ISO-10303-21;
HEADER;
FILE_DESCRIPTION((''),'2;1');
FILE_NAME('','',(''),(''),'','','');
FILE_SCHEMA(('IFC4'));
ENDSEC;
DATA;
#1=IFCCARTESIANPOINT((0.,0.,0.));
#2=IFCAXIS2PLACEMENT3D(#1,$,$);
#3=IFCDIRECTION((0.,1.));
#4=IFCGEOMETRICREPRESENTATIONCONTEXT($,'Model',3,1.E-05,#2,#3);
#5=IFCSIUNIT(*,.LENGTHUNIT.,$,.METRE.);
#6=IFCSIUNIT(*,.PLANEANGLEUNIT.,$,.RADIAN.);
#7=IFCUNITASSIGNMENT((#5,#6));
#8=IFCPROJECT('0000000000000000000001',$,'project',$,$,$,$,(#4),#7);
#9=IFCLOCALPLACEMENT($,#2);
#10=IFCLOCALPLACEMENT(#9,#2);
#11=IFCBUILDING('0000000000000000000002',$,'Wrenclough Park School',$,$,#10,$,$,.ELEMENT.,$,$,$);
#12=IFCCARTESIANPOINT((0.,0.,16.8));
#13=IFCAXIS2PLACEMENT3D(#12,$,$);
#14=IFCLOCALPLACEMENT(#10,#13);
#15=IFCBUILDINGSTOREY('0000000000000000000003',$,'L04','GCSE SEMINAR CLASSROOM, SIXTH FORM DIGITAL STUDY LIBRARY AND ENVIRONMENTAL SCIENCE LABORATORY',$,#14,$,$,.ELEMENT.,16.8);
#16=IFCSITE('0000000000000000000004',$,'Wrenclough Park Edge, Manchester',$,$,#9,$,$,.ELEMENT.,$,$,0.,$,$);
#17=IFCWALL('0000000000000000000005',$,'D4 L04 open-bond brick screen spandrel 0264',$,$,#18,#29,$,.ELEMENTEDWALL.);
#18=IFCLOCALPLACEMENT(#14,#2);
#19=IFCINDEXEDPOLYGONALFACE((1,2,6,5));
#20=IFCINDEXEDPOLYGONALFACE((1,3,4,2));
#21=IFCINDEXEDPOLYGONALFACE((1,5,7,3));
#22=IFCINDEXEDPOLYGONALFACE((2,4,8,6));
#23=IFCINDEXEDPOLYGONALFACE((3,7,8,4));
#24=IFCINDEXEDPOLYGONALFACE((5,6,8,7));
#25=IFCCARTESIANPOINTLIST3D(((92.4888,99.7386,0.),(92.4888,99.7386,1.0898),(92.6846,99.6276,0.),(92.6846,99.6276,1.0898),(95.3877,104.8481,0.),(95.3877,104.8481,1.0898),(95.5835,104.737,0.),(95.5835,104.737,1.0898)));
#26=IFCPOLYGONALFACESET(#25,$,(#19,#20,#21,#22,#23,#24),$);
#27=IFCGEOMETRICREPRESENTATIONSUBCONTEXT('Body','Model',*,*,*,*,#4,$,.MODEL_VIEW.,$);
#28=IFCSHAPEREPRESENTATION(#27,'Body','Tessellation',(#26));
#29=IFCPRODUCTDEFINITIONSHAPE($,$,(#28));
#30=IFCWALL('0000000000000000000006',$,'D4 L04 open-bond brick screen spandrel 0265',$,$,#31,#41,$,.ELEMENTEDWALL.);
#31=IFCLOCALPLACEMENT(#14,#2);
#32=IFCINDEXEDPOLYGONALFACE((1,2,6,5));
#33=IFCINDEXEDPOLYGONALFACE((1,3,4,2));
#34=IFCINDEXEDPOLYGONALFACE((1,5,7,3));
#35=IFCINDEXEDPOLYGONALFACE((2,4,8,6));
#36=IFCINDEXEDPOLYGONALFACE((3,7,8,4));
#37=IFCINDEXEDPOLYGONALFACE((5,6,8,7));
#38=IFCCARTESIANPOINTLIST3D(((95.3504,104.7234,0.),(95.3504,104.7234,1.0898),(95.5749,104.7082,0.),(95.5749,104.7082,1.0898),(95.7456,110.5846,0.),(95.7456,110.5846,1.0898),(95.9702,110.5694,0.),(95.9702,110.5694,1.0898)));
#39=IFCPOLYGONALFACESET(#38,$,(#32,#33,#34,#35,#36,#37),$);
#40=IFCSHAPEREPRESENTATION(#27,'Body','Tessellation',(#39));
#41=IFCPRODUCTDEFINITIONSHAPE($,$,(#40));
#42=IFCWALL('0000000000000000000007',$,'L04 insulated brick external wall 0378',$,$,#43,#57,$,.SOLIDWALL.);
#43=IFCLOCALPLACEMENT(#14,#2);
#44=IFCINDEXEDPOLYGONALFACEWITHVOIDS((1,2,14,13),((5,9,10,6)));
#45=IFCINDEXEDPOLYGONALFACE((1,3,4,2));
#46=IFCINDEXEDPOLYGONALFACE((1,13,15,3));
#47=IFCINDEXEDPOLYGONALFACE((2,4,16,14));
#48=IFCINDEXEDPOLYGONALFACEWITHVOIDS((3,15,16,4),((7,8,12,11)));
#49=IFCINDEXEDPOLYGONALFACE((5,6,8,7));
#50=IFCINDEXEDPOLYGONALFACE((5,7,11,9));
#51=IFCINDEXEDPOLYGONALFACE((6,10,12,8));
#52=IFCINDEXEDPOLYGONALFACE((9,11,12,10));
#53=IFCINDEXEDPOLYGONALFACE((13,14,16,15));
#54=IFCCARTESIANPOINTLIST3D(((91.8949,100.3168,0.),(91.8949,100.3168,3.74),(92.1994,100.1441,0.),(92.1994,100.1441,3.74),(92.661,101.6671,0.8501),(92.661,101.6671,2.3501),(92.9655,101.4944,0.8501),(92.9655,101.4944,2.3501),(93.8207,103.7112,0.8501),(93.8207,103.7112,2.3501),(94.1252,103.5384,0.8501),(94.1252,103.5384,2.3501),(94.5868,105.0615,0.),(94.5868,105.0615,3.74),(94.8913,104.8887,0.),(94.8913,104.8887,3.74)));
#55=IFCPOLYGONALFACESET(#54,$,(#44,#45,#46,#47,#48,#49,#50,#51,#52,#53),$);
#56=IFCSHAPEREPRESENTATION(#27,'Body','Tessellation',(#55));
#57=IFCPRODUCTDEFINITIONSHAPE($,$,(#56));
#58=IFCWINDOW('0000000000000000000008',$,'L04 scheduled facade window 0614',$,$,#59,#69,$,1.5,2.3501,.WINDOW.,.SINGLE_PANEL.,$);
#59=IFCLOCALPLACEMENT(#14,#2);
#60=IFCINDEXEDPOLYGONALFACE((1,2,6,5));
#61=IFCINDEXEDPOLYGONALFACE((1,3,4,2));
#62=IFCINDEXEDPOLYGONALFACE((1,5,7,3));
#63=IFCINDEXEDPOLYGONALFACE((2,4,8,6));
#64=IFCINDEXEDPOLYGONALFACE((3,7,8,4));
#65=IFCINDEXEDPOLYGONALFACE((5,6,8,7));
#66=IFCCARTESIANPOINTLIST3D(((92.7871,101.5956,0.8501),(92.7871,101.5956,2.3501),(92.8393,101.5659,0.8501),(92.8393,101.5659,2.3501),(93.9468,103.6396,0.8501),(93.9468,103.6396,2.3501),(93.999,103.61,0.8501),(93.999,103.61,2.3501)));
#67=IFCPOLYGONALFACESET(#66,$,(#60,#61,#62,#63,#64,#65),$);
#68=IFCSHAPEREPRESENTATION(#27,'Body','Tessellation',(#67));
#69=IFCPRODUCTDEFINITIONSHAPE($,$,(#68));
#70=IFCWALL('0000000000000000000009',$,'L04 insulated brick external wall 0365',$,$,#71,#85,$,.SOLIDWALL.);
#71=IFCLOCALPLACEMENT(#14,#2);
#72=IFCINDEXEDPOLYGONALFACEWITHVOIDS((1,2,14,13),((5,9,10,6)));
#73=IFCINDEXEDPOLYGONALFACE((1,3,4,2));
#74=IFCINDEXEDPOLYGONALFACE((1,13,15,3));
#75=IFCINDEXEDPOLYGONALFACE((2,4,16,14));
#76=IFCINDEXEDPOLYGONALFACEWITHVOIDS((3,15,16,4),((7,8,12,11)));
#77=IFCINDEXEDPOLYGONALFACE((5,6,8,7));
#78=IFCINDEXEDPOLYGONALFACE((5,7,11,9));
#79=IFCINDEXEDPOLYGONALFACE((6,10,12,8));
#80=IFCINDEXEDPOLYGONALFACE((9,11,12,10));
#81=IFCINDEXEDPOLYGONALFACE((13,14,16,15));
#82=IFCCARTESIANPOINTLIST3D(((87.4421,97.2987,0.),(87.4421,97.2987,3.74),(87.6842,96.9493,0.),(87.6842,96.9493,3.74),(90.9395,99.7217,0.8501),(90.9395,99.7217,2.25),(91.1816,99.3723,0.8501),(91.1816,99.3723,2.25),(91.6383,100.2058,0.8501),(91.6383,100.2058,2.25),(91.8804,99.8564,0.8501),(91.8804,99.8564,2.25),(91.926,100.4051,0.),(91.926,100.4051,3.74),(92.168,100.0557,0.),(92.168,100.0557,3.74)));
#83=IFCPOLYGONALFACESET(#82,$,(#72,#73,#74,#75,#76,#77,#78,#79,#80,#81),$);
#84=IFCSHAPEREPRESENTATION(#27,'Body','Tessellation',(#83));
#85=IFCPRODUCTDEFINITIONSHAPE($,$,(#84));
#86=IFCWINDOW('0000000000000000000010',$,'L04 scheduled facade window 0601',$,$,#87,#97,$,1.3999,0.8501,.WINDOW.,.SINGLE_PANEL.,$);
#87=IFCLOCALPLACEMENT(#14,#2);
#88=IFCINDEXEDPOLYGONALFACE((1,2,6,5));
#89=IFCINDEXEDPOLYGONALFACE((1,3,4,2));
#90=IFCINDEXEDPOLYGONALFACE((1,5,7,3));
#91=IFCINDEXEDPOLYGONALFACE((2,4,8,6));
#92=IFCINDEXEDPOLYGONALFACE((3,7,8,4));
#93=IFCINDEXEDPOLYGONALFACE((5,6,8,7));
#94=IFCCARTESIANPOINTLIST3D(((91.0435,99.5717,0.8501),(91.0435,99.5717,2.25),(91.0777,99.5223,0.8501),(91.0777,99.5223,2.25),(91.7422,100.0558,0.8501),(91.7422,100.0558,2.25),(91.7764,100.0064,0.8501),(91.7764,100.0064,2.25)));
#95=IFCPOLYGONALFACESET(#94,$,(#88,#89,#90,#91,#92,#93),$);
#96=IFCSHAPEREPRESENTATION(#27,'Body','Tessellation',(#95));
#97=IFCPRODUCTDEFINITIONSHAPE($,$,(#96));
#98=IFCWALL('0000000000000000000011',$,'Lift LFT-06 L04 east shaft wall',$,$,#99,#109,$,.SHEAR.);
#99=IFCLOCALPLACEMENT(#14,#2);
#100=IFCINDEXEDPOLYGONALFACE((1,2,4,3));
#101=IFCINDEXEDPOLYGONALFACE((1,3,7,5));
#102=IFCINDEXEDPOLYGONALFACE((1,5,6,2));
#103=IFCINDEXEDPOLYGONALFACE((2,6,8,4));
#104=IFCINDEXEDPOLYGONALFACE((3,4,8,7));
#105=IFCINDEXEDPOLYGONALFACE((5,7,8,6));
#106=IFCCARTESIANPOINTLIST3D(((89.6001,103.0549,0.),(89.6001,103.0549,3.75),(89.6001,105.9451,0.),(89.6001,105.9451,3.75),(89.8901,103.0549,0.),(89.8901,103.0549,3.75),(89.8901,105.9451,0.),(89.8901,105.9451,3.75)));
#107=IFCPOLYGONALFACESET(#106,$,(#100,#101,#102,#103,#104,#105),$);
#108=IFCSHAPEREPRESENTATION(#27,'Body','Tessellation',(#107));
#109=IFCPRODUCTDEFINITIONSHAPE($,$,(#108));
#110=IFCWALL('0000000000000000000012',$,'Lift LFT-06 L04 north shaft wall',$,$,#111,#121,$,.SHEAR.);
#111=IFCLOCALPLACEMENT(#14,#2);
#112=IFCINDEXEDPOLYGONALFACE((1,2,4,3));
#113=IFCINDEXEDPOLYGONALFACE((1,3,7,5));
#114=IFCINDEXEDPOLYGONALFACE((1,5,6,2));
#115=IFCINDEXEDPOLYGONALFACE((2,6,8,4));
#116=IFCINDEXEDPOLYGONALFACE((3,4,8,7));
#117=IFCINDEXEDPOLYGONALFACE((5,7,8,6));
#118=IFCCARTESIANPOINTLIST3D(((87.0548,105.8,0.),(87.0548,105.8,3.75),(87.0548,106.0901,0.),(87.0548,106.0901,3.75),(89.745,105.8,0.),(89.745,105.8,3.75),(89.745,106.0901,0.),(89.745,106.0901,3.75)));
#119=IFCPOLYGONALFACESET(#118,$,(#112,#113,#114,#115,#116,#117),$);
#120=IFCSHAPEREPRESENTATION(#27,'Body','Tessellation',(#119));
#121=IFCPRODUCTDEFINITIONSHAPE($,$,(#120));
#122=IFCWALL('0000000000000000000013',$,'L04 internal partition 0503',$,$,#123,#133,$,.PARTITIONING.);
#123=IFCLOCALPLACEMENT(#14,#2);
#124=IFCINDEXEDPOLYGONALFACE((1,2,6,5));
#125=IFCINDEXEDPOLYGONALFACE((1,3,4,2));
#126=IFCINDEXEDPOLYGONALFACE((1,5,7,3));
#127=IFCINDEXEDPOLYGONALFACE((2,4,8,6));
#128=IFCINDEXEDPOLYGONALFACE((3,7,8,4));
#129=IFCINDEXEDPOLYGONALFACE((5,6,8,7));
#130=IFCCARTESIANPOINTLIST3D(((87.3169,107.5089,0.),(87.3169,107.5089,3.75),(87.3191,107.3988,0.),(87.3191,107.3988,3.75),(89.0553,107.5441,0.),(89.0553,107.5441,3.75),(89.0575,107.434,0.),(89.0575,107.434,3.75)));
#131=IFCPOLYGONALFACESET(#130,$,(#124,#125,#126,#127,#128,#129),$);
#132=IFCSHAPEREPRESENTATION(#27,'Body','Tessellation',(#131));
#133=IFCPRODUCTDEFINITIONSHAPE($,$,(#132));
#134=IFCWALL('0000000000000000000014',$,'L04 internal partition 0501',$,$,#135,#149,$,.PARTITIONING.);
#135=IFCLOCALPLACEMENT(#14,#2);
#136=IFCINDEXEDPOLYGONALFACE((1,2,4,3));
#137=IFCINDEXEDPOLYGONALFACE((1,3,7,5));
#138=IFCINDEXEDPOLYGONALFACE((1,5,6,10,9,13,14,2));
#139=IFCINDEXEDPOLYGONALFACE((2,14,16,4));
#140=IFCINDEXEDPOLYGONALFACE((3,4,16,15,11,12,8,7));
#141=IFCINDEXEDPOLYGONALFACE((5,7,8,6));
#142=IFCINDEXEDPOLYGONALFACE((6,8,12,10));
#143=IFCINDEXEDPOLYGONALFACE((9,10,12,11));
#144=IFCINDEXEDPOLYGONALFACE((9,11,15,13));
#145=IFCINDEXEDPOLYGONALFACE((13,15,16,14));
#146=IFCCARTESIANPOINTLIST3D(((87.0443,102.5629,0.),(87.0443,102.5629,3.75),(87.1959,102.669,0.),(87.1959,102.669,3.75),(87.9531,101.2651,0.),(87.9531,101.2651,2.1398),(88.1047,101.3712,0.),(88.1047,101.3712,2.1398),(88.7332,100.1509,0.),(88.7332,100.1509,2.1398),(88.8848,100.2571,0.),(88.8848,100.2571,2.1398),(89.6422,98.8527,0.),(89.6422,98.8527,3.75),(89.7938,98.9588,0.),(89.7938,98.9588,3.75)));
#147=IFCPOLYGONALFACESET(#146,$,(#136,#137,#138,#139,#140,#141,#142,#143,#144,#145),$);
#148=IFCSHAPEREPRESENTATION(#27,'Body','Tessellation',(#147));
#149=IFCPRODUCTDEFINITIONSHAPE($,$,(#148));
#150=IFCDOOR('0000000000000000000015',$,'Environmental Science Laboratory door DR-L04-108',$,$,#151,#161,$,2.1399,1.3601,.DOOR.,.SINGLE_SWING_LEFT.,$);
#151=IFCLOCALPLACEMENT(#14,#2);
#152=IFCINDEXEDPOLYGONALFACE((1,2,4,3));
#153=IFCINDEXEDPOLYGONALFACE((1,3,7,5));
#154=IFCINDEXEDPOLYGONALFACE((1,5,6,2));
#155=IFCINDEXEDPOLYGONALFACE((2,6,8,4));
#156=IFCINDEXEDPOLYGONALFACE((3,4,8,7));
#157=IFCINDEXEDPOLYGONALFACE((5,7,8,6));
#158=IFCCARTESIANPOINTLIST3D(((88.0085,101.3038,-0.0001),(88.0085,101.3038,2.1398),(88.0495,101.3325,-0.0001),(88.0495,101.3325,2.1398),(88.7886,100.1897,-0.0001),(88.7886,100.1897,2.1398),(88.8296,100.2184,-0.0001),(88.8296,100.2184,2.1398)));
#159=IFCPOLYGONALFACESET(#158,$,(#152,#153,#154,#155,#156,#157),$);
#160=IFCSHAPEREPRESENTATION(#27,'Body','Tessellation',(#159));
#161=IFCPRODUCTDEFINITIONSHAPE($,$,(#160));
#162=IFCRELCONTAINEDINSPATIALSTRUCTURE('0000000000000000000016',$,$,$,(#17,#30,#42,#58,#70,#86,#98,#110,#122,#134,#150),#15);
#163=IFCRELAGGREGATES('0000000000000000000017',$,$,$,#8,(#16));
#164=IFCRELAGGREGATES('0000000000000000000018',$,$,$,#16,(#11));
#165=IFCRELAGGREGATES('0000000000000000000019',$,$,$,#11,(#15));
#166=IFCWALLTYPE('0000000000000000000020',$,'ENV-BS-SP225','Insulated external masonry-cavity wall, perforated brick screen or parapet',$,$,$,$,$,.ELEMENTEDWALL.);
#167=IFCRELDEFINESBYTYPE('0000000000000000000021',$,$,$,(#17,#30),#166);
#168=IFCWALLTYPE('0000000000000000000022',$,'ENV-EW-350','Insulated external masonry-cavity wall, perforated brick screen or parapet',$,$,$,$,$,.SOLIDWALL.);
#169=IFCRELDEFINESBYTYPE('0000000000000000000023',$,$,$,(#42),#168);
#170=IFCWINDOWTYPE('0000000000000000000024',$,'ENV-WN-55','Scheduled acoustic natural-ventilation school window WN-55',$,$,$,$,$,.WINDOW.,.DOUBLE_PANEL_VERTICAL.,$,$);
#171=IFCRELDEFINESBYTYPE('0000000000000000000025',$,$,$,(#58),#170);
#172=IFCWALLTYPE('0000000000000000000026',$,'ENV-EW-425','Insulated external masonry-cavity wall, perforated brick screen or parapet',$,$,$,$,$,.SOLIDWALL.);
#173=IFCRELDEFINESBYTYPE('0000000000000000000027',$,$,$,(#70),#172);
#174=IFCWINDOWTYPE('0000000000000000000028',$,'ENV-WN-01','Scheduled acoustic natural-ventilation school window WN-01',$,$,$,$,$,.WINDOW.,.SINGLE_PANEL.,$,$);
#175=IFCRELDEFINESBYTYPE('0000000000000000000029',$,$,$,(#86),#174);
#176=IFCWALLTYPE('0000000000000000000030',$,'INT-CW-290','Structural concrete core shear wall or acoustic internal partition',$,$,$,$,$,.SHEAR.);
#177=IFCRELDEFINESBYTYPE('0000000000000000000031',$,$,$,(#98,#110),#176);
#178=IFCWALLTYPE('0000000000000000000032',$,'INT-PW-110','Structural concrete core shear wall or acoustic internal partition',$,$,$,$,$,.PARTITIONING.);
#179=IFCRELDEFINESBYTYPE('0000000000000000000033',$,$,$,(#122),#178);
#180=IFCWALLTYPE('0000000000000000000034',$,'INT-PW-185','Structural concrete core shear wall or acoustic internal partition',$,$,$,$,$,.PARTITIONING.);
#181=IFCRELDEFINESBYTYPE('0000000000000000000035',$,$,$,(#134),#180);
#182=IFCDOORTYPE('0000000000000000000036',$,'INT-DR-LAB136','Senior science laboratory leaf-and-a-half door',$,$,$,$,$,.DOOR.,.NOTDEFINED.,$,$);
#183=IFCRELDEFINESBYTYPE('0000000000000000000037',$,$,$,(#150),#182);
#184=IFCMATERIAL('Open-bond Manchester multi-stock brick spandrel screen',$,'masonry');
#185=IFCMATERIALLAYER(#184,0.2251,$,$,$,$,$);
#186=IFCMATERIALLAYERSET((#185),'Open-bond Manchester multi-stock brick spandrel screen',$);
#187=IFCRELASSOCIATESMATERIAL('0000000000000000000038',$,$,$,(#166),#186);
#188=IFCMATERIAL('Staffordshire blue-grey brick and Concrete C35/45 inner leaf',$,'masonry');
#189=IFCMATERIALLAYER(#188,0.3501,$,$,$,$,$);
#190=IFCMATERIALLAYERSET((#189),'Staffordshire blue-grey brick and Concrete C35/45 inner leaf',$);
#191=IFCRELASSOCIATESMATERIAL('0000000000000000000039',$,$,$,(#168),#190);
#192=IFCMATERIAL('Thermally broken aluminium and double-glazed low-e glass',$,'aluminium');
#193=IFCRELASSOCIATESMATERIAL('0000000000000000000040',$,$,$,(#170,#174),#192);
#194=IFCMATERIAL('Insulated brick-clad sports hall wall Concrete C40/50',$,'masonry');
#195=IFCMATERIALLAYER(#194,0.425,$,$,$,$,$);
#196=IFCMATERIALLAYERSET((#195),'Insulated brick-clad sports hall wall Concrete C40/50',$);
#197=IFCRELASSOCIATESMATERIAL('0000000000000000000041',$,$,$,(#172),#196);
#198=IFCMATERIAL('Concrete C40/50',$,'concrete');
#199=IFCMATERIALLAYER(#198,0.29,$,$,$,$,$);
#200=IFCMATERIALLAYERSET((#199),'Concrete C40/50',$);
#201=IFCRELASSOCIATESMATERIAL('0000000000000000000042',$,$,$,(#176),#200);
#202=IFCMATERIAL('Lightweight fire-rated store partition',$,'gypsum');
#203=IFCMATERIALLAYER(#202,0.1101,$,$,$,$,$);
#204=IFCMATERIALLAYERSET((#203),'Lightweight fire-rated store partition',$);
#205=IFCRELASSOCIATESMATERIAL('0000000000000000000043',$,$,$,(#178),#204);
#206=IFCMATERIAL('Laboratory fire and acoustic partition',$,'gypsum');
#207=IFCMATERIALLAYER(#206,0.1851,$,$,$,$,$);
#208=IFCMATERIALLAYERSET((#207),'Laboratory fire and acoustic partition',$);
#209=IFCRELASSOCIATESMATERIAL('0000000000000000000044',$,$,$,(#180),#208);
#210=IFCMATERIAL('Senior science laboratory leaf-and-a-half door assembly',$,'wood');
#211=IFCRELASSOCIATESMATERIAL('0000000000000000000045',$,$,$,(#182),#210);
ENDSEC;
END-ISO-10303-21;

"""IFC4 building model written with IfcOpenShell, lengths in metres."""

from ifc_helpers import new_model, si_unit, direction, frame, frame_2d, origin, place, context, subcontext, project, spatial, rectangle, extrude, material, layer, layer_set, type_object, element, fill, save


model = new_model("IFC4")

# Units and contexts
model_context = context("Model", 3, precision=1e-05, world=origin(), true_north=direction((0.0, 1.0)))
body_context = subcontext(model_context, "Body", "Model", "MODEL_VIEW")
ifc_project = project(units=[si_unit("LENGTHUNIT", "METRE"), si_unit("PLANEANGLEUNIT", "RADIAN")], contexts=[model_context])

# Site, building, storey
site_placement = place(None, origin())
site = spatial("IfcSite", under=ifc_project, at=site_placement, Name="Wrenclough Park Edge, Manchester", CompositionType="ELEMENT", RefElevation=0.0)
building_placement = place(site_placement, origin())
building = spatial("IfcBuilding", under=site, at=building_placement, Name="Wrenclough Park School", CompositionType="ELEMENT")
storey_placement = place(building_placement, frame((0.0, 0.0, 16.8)))
storey = spatial("IfcBuildingStorey", under=building, at=storey_placement, Name="L04", Description="GCSE SEMINAR CLASSROOM, SIXTH FORM DIGITAL STUDY LIBRARY AND ENVIRONMENTAL SCIENCE LABORATORY", CompositionType="ELEMENT", Elevation=16.8)

# Walls
ifc_material_1 = material(Name="Open-bond Manchester multi-stock brick spandrel screen", Category="masonry")
ifc_layer_1 = layer(ifc_material_1, 0.2251)
ifc_layer_set_1 = layer_set([ifc_layer_1], Name="Open-bond Manchester multi-stock brick spandrel screen")
wall_type_1 = type_object("IfcWallType", Name="ENV-BS-SP225", Description="Insulated external masonry-cavity wall, perforated brick screen or parapet", PredefinedType="ELEMENTEDWALL", material=ifc_layer_set_1)
for number, where, z_axis, x_axis, name in (
    (1, (92.5867, 99.6831, 0.0), (0.0, 0.0, 1.0), (0.493478, 0.869758, 0.0), "D4 L04 open-bond brick screen spandrel 0264"),
    (2, (95.4626, 104.7158, 0.0), (0.0, 0.0, 1.0), (0.067286, 0.997734, 0.0), "D4 L04 open-bond brick screen spandrel 0265"),
):
    element("IfcWall", number, at=place(storey_placement, frame(where, z_axis=z_axis, x_axis=x_axis)), inside=storey, type_object=wall_type_1, Name=name, PredefinedType="ELEMENTEDWALL", context=body_context, shape_type="SweptSolid", body=[
        extrude(rectangle(XDim=5.8745, YDim=0.2251, at=frame_2d((2.9373, 0.0))), origin(), (0.0, 0.0, 1.0), 1.0898),
    ])

# Walls, openings, windows
ifc_material_2 = material(Name="Staffordshire blue-grey brick and Concrete C35/45 inner leaf", Category="masonry")
ifc_layer_2 = layer(ifc_material_2, 0.3501)
ifc_layer_set_2 = layer_set([ifc_layer_2], Name="Staffordshire blue-grey brick and Concrete C35/45 inner leaf")
wall_type_2 = type_object("IfcWallType", Name="ENV-EW-350", Description="Insulated external masonry-cavity wall, perforated brick screen or parapet", PredefinedType="SOLIDWALL", material=ifc_layer_set_2)
wall_1_placement = place(storey_placement, frame((94.739, 104.9751, 0.0), z_axis=(0.0, 0.0, 1.0), x_axis=(-0.493466, -0.869765, 0.0)))
wall_1 = element("IfcWall", 3, at=wall_1_placement, inside=storey, type_object=wall_type_2, Name="L04 insulated brick external wall 0378", PredefinedType="SOLIDWALL", context=body_context, shape_type="SweptSolid", body=[
    extrude(rectangle(XDim=5.4551, YDim=0.3501, at=frame_2d((2.7275, 0.0))), origin(), (0.0, 0.0, 1.0), 3.74),
])
opening_1_placement = place(wall_1_placement, frame((1.5525, 0.0, 0.8501)))
opening_1 = element("IfcOpeningElement", 4, at=opening_1_placement, cuts=wall_1, PredefinedType="OPENING", context=body_context, shape_type="SweptSolid", body=[
    extrude(rectangle(XDim=2.3501, YDim=1.5, at=frame_2d((1.175, 0.75))), frame((0.0, 0.1851, 0.0), z_axis=(0.0, -1.0, 0.0), x_axis=(1.0, 0.0, 0.0)), (0.0, 0.0, 1.0), 0.3701),
])
ifc_material_3 = material(Name="Thermally broken aluminium and double-glazed low-e glass", Category="aluminium")
window_type_1 = type_object("IfcWindowType", Name="ENV-WN-55", Description="Scheduled acoustic natural-ventilation school window WN-55", PartitioningType="DOUBLE_PANEL_VERTICAL", PredefinedType="WINDOW", material=ifc_material_3)
window_1_placement = place(opening_1_placement, origin())
window_1 = element("IfcWindow", 5, at=window_1_placement, inside=storey, type_object=window_type_1, Name="L04 scheduled facade window 0614", OverallHeight=1.5, OverallWidth=2.3501, PartitioningType="SINGLE_PANEL", PredefinedType="WINDOW", context=body_context, shape_type="SweptSolid", body=[
    extrude(rectangle(XDim=2.3501, YDim=1.5, at=frame_2d((1.175, 0.75))), frame((0.0, 0.03, 0.0), z_axis=(0.0, -1.0, 0.0), x_axis=(1.0, 0.0, 0.0)), (0.0, 0.0, 1.0), 0.0601),
])
fill(opening_1, window_1)
ifc_material_4 = material(Name="Insulated brick-clad sports hall wall Concrete C40/50", Category="masonry")
ifc_layer_3 = layer(ifc_material_4, 0.425)
ifc_layer_set_3 = layer_set([ifc_layer_3], Name="Insulated brick-clad sports hall wall Concrete C40/50")
wall_type_3 = type_object("IfcWallType", Name="ENV-EW-425", Description="Insulated external masonry-cavity wall, perforated brick screen or parapet", PredefinedType="SOLIDWALL", material=ifc_layer_set_3)
wall_2_placement = place(storey_placement, frame((92.0471, 100.2305, 0.0), z_axis=(0.0, 0.0, 1.0), x_axis=(-0.822002, -0.569485, 0.0)))
wall_2 = element("IfcWall", 6, at=wall_2_placement, inside=storey, type_object=wall_type_3, Name="L04 insulated brick external wall 0365", PredefinedType="SOLIDWALL", context=body_context, shape_type="SweptSolid", body=[
    extrude(rectangle(XDim=5.4548, YDim=0.425, at=frame_2d((2.7275, 0.0))), origin(), (0.0, 0.0, 1.0), 3.74),
])
opening_2_placement = place(wall_2_placement, frame((0.3501, 0.0, 0.8501)))
opening_2 = element("IfcOpeningElement", 7, at=opening_2_placement, cuts=wall_2, PredefinedType="OPENING", context=body_context, shape_type="SweptSolid", body=[
    extrude(rectangle(XDim=0.8501, YDim=1.3999, at=frame_2d((0.425, 0.7))), frame((0.0, 0.2224, 0.0), z_axis=(0.0, -1.0, 0.0), x_axis=(1.0, 0.0, 0.0)), (0.0, 0.0, 1.0), 0.4451),
])
window_type_2 = type_object("IfcWindowType", Name="ENV-WN-01", Description="Scheduled acoustic natural-ventilation school window WN-01", PartitioningType="SINGLE_PANEL", PredefinedType="WINDOW", material=ifc_material_3)
window_2_placement = place(opening_2_placement, origin())
window_2 = element("IfcWindow", 8, at=window_2_placement, inside=storey, type_object=window_type_2, Name="L04 scheduled facade window 0601", OverallHeight=1.3999, OverallWidth=0.8501, PartitioningType="SINGLE_PANEL", PredefinedType="WINDOW", context=body_context, shape_type="SweptSolid", body=[
    extrude(rectangle(XDim=0.8501, YDim=1.3999, at=frame_2d((0.425, 0.7))), frame((0.0, 0.03, 0.0), z_axis=(0.0, -1.0, 0.0), x_axis=(1.0, 0.0, 0.0)), (0.0, 0.0, 1.0), 0.0601),
])
fill(opening_2, window_2)

# Walls
ifc_material_5 = material(Name="Concrete C40/50", Category="concrete")
ifc_layer_4 = layer(ifc_material_5, 0.29)
ifc_layer_set_4 = layer_set([ifc_layer_4], Name="Concrete C40/50")
wall_type_4 = type_object("IfcWallType", Name="INT-CW-290", Description="Structural concrete core shear wall or acoustic internal partition", PredefinedType="SHEAR", material=ifc_layer_set_4)
wall_3_placement = place(storey_placement, frame((89.7451, 103.0549, 0.0), z_axis=(0.0, 0.0, 1.0), x_axis=(0.0, 1.0, 0.0)))
element("IfcWall", 9, at=wall_3_placement, inside=storey, type_object=wall_type_4, Name="Lift LFT-06 L04 east shaft wall", PredefinedType="SHEAR", context=body_context, shape_type="SweptSolid", body=[
    extrude(rectangle(XDim=2.8901, YDim=0.29, at=frame_2d((1.4451, 0.0))), origin(), (0.0, 0.0, 1.0), 3.75),
])
wall_4_placement = place(storey_placement, frame((89.7451, 105.9451, 0.0), z_axis=(0.0, 0.0, 1.0), x_axis=(-1.0, 0.0, 0.0)))
element("IfcWall", 10, at=wall_4_placement, inside=storey, type_object=wall_type_4, Name="Lift LFT-06 L04 north shaft wall", PredefinedType="SHEAR", context=body_context, shape_type="SweptSolid", body=[
    extrude(rectangle(XDim=2.6902, YDim=0.29, at=frame_2d((1.3452, 0.0))), origin(), (0.0, 0.0, 1.0), 3.75),
])
ifc_material_6 = material(Name="Lightweight fire-rated store partition", Category="gypsum")
ifc_layer_5 = layer(ifc_material_6, 0.1101)
ifc_layer_set_5 = layer_set([ifc_layer_5], Name="Lightweight fire-rated store partition")
wall_type_5 = type_object("IfcWallType", Name="INT-PW-110", Description="Structural concrete core shear wall or acoustic internal partition", PredefinedType="PARTITIONING", material=ifc_layer_set_5)
wall_5_placement = place(storey_placement, frame((89.0564, 107.489, 0.0), z_axis=(0.0, 0.0, 1.0), x_axis=(-0.999796, -0.020218, 0.0)))
element("IfcWall", 11, at=wall_5_placement, inside=storey, type_object=wall_type_5, Name="L04 internal partition 0503", PredefinedType="PARTITIONING", context=body_context, shape_type="SweptSolid", body=[
    extrude(rectangle(XDim=1.7388, YDim=0.1101, at=frame_2d((0.8694, 0.0))), origin(), (0.0, 0.0, 1.0), 3.75),
])

# Wall, opening, door
ifc_material_7 = material(Name="Laboratory fire and acoustic partition", Category="gypsum")
ifc_layer_6 = layer(ifc_material_7, 0.1851)
ifc_layer_set_6 = layer_set([ifc_layer_6], Name="Laboratory fire and acoustic partition")
wall_type_6 = type_object("IfcWallType", Name="INT-PW-185", Description="Structural concrete core shear wall or acoustic internal partition", PredefinedType="PARTITIONING", material=ifc_layer_set_6)
wall_6_placement = place(storey_placement, frame((89.718, 98.9058, 0.0), z_axis=(0.0, 0.0, 1.0), x_axis=(-0.573574, 0.819153, 0.0)))
wall_6 = element("IfcWall", 12, at=wall_6_placement, inside=storey, type_object=wall_type_6, Name="L04 internal partition 0501", PredefinedType="PARTITIONING", context=body_context, shape_type="SweptSolid", body=[
    extrude(rectangle(XDim=4.5293, YDim=0.1851, at=frame_2d((2.2646, 0.0))), origin(), (0.0, 0.0, 1.0), 3.75),
])
opening_3_placement = place(wall_6_placement, frame((1.5847, 0.0, 0.0)))
opening_3 = element("IfcOpeningElement", 13, at=opening_3_placement, cuts=wall_6, PredefinedType="OPENING", context=body_context, shape_type="SweptSolid", body=[
    extrude(rectangle(XDim=1.3601, YDim=2.1399, at=frame_2d((0.6802, 1.0698))), frame((0.0, 0.1025, 0.0), z_axis=(0.0, -1.0, 0.0), x_axis=(1.0, 0.0, 0.0)), (0.0, 0.0, 1.0), 0.2051),
])
ifc_material_8 = material(Name="Senior science laboratory leaf-and-a-half door assembly", Category="wood")
door_type = type_object("IfcDoorType", Name="INT-DR-LAB136", Description="Senior science laboratory leaf-and-a-half door", OperationType="NOTDEFINED", PredefinedType="DOOR", material=ifc_material_8)
door_placement = place(opening_3_placement, origin())
door = element("IfcDoor", 14, at=door_placement, inside=storey, type_object=door_type, Name="Environmental Science Laboratory door DR-L04-108", OperationType="SINGLE_SWING_LEFT", OverallHeight=2.1399, OverallWidth=1.3601, PredefinedType="DOOR", context=body_context, shape_type="SweptSolid", body=[
    extrude(rectangle(XDim=1.3601, YDim=2.1399, at=frame_2d((0.6802, 1.0698))), frame((0.0, 0.0249, 0.0), z_axis=(0.0, -1.0, 0.0), x_axis=(1.0, 0.0, 0.0)), (0.0, 0.0, 1.0), 0.05),
])
fill(opening_3, door)

save(model, "model.ifc")
